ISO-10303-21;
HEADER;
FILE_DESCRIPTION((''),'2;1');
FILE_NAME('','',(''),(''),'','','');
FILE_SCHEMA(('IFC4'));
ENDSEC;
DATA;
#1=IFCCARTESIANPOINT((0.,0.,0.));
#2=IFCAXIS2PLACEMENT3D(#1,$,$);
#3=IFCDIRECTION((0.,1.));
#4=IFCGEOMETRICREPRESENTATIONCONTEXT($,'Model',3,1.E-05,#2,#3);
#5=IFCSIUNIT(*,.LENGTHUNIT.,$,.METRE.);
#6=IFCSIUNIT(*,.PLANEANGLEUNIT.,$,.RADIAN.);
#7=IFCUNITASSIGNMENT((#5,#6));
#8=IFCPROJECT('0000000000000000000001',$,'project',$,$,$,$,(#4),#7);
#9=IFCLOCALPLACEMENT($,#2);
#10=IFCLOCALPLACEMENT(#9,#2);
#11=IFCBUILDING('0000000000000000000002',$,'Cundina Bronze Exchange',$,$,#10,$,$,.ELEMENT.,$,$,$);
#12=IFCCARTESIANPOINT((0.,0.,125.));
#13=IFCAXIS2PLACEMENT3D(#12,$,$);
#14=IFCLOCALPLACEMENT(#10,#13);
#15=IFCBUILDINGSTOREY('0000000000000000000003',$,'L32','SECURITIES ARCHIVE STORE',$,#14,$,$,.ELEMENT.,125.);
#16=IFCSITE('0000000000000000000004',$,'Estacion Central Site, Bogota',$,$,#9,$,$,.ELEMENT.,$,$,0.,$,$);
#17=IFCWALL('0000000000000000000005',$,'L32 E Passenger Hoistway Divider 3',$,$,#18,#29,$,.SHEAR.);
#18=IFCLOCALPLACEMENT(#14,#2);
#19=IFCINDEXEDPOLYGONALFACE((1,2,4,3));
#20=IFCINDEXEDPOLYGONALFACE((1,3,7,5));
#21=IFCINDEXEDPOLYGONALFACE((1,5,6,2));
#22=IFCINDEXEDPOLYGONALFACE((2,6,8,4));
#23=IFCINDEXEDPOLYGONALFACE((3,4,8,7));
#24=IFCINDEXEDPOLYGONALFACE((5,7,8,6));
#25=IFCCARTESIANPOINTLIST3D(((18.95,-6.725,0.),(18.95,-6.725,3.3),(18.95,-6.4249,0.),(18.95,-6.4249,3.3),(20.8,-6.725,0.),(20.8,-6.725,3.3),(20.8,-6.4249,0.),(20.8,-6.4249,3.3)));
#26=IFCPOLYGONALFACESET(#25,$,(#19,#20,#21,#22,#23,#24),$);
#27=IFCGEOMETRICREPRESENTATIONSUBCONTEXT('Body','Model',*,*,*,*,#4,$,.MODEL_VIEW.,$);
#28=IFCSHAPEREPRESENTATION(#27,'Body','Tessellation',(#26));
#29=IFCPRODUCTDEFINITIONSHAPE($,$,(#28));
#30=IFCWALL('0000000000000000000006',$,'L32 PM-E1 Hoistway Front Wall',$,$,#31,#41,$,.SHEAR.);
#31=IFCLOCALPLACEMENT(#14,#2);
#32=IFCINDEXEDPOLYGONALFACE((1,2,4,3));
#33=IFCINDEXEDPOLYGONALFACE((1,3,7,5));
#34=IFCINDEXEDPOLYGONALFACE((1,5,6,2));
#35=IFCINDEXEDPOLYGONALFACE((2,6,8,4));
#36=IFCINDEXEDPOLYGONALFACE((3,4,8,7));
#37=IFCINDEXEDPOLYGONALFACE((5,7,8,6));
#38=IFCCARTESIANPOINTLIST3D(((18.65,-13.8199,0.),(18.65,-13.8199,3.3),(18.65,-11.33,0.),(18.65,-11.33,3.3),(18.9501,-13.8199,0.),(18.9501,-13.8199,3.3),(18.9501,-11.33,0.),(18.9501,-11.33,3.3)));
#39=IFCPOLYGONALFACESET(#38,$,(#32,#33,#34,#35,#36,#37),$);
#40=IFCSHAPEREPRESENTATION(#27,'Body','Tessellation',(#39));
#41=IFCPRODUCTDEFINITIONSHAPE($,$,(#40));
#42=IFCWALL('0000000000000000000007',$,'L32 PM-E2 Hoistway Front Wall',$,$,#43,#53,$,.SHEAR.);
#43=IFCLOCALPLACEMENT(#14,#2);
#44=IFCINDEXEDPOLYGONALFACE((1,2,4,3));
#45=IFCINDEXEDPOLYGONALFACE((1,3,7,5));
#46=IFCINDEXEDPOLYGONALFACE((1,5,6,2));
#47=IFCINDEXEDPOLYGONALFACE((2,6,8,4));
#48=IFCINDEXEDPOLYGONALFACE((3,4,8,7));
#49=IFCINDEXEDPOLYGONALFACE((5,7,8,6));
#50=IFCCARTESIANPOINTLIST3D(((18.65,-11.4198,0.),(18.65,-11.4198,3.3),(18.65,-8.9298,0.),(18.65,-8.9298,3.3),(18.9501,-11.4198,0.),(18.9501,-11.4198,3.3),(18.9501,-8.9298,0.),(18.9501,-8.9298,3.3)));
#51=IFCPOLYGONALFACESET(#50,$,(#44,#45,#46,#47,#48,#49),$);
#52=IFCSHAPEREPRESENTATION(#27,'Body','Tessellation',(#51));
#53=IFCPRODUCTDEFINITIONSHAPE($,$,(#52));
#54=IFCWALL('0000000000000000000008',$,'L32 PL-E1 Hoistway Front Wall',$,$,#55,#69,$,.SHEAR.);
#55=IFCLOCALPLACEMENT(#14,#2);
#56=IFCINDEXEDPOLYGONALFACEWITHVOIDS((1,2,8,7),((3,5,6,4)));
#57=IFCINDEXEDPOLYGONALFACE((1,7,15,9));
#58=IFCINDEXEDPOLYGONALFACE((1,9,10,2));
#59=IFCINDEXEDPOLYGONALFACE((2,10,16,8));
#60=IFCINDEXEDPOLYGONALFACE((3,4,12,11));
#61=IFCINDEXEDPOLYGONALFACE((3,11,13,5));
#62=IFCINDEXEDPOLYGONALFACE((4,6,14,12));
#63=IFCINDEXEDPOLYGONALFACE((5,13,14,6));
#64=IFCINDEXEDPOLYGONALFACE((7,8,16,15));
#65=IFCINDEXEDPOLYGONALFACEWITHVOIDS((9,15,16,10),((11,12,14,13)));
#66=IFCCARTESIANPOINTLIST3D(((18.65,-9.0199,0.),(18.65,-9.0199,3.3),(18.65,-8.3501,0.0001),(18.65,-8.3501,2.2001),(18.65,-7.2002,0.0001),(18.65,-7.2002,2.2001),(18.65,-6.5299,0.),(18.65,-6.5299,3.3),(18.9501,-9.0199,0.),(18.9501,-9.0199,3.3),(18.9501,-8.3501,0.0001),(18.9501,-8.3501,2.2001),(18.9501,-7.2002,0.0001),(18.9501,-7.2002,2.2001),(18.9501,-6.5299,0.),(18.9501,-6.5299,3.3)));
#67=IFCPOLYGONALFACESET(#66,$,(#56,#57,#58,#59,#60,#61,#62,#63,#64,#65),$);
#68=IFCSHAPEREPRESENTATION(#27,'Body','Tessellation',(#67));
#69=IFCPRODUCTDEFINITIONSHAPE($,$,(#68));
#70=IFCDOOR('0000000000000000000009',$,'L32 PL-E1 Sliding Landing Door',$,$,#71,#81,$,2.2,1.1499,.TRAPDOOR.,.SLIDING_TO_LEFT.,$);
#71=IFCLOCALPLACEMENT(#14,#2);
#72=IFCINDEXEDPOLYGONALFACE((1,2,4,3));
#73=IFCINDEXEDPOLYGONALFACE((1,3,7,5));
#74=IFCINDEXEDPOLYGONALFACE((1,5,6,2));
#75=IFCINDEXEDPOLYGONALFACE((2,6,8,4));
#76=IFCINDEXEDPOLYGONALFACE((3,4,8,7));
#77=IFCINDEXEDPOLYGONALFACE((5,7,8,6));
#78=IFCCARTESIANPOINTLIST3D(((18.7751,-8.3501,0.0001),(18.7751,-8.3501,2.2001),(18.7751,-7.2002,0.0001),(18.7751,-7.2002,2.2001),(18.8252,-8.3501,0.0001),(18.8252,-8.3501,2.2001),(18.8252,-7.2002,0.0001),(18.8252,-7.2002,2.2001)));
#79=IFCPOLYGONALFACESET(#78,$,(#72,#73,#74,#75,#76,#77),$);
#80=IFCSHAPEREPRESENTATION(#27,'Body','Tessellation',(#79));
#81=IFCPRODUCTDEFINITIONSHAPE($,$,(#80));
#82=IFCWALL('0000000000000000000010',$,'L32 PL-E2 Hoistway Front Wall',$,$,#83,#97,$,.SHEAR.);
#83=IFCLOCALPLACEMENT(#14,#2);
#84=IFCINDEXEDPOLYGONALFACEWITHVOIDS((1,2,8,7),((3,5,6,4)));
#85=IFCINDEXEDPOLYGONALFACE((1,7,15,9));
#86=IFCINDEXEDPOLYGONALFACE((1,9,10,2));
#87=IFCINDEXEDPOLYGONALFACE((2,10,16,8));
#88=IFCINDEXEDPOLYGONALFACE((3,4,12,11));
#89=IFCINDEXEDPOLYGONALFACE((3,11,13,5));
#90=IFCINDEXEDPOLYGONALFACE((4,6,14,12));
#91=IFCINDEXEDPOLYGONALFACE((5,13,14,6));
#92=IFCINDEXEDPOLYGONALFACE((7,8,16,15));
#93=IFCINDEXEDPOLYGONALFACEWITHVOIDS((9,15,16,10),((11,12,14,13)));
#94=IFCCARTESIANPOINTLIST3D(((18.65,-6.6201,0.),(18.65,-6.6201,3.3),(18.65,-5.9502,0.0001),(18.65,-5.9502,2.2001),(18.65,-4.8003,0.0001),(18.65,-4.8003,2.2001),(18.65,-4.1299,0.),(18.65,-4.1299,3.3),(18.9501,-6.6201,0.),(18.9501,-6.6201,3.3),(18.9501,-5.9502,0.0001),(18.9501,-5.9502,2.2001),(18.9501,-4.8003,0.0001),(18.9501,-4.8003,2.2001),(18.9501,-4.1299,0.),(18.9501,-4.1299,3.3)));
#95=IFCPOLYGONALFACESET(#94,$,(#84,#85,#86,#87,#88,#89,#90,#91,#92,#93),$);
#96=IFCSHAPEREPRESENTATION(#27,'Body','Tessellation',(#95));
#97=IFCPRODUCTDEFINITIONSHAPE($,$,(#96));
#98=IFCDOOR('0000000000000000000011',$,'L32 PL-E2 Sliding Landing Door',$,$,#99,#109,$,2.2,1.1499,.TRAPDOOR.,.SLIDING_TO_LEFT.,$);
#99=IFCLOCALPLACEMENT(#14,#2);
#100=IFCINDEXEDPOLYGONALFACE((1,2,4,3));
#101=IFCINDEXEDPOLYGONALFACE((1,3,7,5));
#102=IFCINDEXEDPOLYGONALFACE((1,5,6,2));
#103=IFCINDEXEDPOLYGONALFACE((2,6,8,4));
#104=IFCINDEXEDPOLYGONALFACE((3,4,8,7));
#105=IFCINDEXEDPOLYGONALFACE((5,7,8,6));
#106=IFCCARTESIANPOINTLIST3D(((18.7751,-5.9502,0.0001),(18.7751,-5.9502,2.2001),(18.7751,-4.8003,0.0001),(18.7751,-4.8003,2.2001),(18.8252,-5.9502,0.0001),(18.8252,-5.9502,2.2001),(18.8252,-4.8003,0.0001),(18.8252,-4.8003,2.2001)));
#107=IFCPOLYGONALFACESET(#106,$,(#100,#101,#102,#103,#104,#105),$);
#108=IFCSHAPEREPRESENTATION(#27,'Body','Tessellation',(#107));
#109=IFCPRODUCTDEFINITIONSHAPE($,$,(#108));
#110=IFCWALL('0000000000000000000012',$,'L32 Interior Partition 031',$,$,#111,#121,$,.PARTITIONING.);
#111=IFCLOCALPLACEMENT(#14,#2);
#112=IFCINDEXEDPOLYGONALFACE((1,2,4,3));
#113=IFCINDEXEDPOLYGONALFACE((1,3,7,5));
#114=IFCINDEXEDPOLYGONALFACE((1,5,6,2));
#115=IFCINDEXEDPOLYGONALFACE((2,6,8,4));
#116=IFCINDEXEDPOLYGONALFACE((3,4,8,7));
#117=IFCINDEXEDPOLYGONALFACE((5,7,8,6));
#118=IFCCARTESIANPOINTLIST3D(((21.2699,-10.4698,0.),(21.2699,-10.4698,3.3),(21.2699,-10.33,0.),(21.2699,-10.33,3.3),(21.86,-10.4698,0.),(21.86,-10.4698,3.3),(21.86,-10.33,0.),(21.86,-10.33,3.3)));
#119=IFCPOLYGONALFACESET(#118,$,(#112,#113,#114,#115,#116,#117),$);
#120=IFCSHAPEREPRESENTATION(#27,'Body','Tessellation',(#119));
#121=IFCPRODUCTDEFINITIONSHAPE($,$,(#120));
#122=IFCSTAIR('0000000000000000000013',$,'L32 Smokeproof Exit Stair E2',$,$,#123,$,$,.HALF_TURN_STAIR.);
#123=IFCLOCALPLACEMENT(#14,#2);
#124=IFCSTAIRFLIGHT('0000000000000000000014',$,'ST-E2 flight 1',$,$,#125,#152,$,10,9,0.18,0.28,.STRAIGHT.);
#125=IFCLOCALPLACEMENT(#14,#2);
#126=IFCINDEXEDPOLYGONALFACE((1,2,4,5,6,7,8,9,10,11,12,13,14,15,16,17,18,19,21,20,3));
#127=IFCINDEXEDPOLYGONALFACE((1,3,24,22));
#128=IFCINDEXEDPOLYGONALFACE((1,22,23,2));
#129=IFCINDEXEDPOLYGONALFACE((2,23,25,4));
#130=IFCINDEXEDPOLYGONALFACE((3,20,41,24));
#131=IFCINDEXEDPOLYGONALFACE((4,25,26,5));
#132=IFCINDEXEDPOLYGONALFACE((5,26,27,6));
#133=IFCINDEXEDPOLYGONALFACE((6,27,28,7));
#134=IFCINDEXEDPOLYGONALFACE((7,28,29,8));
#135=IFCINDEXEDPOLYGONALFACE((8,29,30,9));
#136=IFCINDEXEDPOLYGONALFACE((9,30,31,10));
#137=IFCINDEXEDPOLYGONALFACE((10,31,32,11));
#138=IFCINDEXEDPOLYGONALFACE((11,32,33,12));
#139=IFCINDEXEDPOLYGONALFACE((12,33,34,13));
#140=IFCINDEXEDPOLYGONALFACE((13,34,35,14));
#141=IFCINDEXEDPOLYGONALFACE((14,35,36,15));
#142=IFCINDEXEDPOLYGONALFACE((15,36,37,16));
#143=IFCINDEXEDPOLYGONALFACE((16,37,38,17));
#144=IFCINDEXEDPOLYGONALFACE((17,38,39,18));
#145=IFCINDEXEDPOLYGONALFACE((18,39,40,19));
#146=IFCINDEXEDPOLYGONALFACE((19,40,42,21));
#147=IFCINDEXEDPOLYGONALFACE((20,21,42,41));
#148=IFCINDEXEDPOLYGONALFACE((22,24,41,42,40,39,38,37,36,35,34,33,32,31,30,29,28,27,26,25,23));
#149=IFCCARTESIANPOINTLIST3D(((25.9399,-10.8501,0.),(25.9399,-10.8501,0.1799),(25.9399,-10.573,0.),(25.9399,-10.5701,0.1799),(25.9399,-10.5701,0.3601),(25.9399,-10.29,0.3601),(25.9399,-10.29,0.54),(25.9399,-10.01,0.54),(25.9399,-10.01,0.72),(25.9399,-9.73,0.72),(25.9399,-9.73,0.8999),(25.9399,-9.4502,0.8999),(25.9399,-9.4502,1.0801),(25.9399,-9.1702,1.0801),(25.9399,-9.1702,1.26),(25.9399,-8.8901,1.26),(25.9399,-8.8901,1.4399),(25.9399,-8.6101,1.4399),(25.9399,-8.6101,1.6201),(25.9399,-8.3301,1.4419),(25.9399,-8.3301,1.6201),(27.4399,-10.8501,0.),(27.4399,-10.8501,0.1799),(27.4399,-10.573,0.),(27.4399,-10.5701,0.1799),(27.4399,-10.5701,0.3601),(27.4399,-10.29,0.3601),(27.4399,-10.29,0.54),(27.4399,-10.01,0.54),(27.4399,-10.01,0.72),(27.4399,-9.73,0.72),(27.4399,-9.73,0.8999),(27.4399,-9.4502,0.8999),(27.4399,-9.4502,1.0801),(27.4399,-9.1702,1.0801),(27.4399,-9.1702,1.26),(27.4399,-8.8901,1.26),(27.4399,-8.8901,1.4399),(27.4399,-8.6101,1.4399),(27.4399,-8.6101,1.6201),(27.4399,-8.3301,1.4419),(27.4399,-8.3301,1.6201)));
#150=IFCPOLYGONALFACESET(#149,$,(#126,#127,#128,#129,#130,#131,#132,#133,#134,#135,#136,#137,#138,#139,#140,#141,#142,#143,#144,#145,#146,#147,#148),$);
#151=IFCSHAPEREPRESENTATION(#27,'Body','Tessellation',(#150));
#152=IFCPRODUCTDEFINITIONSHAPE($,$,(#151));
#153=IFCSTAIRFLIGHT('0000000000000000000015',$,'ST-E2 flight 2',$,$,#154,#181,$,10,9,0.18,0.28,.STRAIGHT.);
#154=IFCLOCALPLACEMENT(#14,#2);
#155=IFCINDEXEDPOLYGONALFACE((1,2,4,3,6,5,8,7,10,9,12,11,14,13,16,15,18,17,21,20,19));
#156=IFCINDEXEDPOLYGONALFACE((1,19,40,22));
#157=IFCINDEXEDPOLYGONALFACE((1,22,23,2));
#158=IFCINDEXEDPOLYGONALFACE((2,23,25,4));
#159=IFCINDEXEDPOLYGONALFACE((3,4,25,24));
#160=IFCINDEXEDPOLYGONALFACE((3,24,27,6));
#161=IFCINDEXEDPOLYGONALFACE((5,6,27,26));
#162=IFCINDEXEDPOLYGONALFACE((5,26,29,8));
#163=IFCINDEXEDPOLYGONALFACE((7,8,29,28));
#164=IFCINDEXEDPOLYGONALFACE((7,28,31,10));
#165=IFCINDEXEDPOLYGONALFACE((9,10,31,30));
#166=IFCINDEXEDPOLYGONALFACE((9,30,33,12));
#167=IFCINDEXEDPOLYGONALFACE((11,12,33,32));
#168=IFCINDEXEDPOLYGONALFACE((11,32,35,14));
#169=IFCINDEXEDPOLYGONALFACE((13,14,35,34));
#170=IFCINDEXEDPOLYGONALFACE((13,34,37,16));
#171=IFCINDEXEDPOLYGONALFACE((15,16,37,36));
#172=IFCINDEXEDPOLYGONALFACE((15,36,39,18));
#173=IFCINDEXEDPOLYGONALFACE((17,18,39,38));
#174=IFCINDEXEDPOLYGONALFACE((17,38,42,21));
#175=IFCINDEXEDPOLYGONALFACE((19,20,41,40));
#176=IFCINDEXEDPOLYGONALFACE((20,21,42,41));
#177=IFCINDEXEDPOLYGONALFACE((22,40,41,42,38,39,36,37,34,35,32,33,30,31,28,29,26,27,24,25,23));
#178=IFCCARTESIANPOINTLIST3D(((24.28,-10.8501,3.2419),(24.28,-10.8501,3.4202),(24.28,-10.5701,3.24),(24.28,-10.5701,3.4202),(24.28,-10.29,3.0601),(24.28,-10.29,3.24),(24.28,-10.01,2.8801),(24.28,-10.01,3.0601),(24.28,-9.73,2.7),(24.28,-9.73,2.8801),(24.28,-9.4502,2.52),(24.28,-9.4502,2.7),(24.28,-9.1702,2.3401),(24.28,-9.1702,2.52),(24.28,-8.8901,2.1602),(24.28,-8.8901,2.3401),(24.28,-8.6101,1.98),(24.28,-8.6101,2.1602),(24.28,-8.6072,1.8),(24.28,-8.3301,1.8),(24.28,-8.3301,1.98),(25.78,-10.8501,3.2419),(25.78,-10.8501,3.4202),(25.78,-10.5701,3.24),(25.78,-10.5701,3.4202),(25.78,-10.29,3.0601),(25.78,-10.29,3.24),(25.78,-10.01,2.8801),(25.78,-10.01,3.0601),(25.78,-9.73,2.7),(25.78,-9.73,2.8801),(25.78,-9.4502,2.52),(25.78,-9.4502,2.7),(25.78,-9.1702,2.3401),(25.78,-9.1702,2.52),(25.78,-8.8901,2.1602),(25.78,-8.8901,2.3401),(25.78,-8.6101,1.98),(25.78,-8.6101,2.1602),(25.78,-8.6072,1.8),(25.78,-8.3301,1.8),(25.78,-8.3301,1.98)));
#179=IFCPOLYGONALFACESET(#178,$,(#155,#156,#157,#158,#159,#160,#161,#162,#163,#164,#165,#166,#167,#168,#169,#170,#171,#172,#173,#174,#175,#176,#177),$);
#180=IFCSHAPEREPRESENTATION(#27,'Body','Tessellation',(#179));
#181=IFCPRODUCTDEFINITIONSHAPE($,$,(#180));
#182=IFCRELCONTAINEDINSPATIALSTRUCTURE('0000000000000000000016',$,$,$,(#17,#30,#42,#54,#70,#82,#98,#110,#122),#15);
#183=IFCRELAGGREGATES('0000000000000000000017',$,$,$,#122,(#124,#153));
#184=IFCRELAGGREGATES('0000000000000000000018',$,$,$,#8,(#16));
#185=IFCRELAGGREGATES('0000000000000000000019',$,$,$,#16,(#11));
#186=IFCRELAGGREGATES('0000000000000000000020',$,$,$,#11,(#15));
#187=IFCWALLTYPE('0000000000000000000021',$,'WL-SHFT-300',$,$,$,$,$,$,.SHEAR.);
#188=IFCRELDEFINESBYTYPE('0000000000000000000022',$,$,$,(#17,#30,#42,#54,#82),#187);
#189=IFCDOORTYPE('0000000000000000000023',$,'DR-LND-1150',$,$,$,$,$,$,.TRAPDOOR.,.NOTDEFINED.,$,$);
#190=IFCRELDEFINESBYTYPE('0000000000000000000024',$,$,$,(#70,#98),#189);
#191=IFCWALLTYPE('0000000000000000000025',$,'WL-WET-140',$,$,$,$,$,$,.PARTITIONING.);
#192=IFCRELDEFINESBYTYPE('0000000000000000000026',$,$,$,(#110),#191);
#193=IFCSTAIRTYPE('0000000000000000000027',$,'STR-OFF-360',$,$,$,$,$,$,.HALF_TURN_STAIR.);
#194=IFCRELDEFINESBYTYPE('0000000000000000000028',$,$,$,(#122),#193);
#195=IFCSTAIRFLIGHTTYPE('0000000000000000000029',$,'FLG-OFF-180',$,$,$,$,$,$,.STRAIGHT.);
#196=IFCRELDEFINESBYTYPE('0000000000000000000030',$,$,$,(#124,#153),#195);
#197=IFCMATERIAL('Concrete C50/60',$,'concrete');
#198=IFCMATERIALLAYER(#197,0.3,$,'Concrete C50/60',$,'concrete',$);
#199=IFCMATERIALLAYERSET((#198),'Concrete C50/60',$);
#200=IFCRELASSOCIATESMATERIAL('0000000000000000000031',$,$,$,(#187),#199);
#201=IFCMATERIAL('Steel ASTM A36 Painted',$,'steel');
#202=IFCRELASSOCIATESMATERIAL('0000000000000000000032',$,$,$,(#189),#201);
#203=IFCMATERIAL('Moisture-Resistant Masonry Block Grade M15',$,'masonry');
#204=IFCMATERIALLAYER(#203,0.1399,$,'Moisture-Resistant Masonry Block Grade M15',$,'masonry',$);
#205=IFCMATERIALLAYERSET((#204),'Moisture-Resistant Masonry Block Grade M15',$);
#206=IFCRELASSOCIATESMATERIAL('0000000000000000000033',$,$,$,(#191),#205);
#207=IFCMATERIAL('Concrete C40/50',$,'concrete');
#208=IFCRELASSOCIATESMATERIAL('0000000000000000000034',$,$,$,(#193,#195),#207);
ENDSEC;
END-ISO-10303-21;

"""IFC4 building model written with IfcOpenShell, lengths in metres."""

from ifc_helpers import new_model, si_unit, direction, frame, frame_2d, origin, place, context, subcontext, project, spatial, polyline, rectangle, outline, extrude, material, layer, layer_set, type_object, element, fill, aggregate, save


model = new_model("IFC4")

# Units and contexts
model_context = context("Model", 3, precision=1e-05, world=origin(), true_north=direction((0.0, 1.0)))
body_context = subcontext(model_context, "Body", "Model", "MODEL_VIEW")
ifc_project = project(units=[si_unit("LENGTHUNIT", "METRE"), si_unit("PLANEANGLEUNIT", "RADIAN")], contexts=[model_context])

# Site, building, storey
site_placement = place(None, origin())
site = spatial("IfcSite", under=ifc_project, at=site_placement, Name="Estacion Central Site, Bogota", CompositionType="ELEMENT", RefElevation=0.0)
building_placement = place(site_placement, origin())
building = spatial("IfcBuilding", under=site, at=building_placement, Name="Cundina Bronze Exchange", CompositionType="ELEMENT")
storey_placement = place(building_placement, frame((0.0, 0.0, 125.0)))
storey = spatial("IfcBuildingStorey", under=building, at=storey_placement, Name="L32", Description="SECURITIES ARCHIVE STORE", CompositionType="ELEMENT", Elevation=125.0)

# Shared definitions
ifc_material_1 = material(Name="Concrete C50/60", Category="concrete")
ifc_layer_1 = layer(ifc_material_1, 0.3, Name="Concrete C50/60", Category="concrete")
ifc_layer_set_1 = layer_set([ifc_layer_1], Name="Concrete C50/60")
wall_type_1 = type_object("IfcWallType", Name="WL-SHFT-300", PredefinedType="SHEAR", material=ifc_layer_set_1)

# Shared definitions
ifc_material_2 = material(Name="Steel ASTM A36 Painted", Category="steel")
door_type_1 = type_object("IfcDoorType", Name="DR-LND-1150", OperationType="NOTDEFINED", PredefinedType="TRAPDOOR", material=ifc_material_2)

# Walls
for number, where, z_axis, x_axis, name in (
    (1, (18.95, -6.575, 0.0), (0.0, 0.0, 1.0), (1.0, 0.0, 0.0), "L32 E Passenger Hoistway Divider 3"),
):
    element("IfcWall", number, at=place(storey_placement, frame(where, z_axis=z_axis, x_axis=x_axis)), inside=storey, type_object=wall_type_1, Name=name, PredefinedType="SHEAR", context=body_context, shape_type="SweptSolid", body=[
        extrude(rectangle(XDim=1.8501, YDim=0.3, at=frame_2d((0.925, 0.0))), origin(), (0.0, 0.0, 1.0), 3.3),
    ])
for number, where, z_axis, x_axis, name in (
    (2, (18.8, -13.8201, 0.0), (0.0, 0.0, 1.0), (0.0, 1.0, 0.0), "L32 PM-E1 Hoistway Front Wall"),
    (3, (18.8, -11.4199, 0.0), (0.0, 0.0, 1.0), (0.0, 1.0, 0.0), "L32 PM-E2 Hoistway Front Wall"),
):
    element("IfcWall", number, at=place(storey_placement, frame(where, z_axis=z_axis, x_axis=x_axis)), inside=storey, type_object=wall_type_1, Name=name, PredefinedType="SHEAR", context=body_context, shape_type="SweptSolid", body=[
        extrude(rectangle(XDim=2.49, YDim=0.3, at=frame_2d((1.2451, 0.0))), origin(), (0.0, 0.0, 1.0), 3.3),
    ])

# Walls, openings, doors
wall_1_placement = place(storey_placement, frame((18.8, -9.02, 0.0), z_axis=(0.0, 0.0, 1.0), x_axis=(0.0, 1.0, 0.0)))
wall_1 = element("IfcWall", 4, at=wall_1_placement, inside=storey, type_object=wall_type_1, Name="L32 PL-E1 Hoistway Front Wall", PredefinedType="SHEAR", context=body_context, shape_type="SweptSolid", body=[
    extrude(rectangle(XDim=2.49, YDim=0.3, at=frame_2d((1.2451, 0.0))), origin(), (0.0, 0.0, 1.0), 3.3),
])
opening_1_placement = place(wall_1_placement, frame((0.6699, 0.0, 0.0)))
opening_1 = element("IfcOpeningElement", 5, at=opening_1_placement, cuts=wall_1, PredefinedType="OPENING", context=body_context, shape_type="SweptSolid", body=[
    extrude(rectangle(XDim=1.1499, YDim=2.2, at=frame_2d((0.575, 1.1001))), frame((0.0, 0.1599, 0.0), z_axis=(0.0, -1.0, 0.0), x_axis=(1.0, 0.0, 0.0)), (0.0, 0.0, 1.0), 0.3201),
])
door_1_placement = place(opening_1_placement, origin())
door_1 = element("IfcDoor", 6, at=door_1_placement, inside=storey, type_object=door_type_1, Name="L32 PL-E1 Sliding Landing Door", OperationType="SLIDING_TO_LEFT", OverallHeight=2.2, OverallWidth=1.1499, PredefinedType="TRAPDOOR", context=body_context, shape_type="SweptSolid", body=[
    extrude(rectangle(XDim=1.1499, YDim=2.2, at=frame_2d((0.575, 1.1001))), frame((0.0, 0.0249, 0.0), z_axis=(0.0, -1.0, 0.0), x_axis=(1.0, 0.0, 0.0)), (0.0, 0.0, 1.0), 0.05),
])
fill(opening_1, door_1)
wall_2_placement = place(storey_placement, frame((18.8, -6.6201, 0.0), z_axis=(0.0, 0.0, 1.0), x_axis=(0.0, 1.0, 0.0)))
wall_2 = element("IfcWall", 7, at=wall_2_placement, inside=storey, type_object=wall_type_1, Name="L32 PL-E2 Hoistway Front Wall", PredefinedType="SHEAR", context=body_context, shape_type="SweptSolid", body=[
    extrude(rectangle(XDim=2.4902, YDim=0.3, at=frame_2d((1.2451, 0.0))), origin(), (0.0, 0.0, 1.0), 3.3),
])
opening_2_placement = place(wall_2_placement, frame((0.6699, 0.0, 0.0)))
opening_2 = element("IfcOpeningElement", 8, at=opening_2_placement, cuts=wall_2, PredefinedType="OPENING", context=body_context, shape_type="SweptSolid", body=[
    extrude(rectangle(XDim=1.1499, YDim=2.2, at=frame_2d((0.575, 1.1001))), frame((0.0, 0.1599, 0.0), z_axis=(0.0, -1.0, 0.0), x_axis=(1.0, 0.0, 0.0)), (0.0, 0.0, 1.0), 0.3201),
])
door_2_placement = place(opening_2_placement, origin())
door_2 = element("IfcDoor", 9, at=door_2_placement, inside=storey, type_object=door_type_1, Name="L32 PL-E2 Sliding Landing Door", OperationType="SLIDING_TO_LEFT", OverallHeight=2.2, OverallWidth=1.1499, PredefinedType="TRAPDOOR", context=body_context, shape_type="SweptSolid", body=[
    extrude(rectangle(XDim=1.1499, YDim=2.2, at=frame_2d((0.575, 1.1001))), frame((0.0, 0.0249, 0.0), z_axis=(0.0, -1.0, 0.0), x_axis=(1.0, 0.0, 0.0)), (0.0, 0.0, 1.0), 0.05),
])
fill(opening_2, door_2)

# Wall
ifc_material_3 = material(Name="Moisture-Resistant Masonry Block Grade M15", Category="masonry")
ifc_layer_2 = layer(ifc_material_3, 0.1399, Name="Moisture-Resistant Masonry Block Grade M15", Category="masonry")
ifc_layer_set_2 = layer_set([ifc_layer_2], Name="Moisture-Resistant Masonry Block Grade M15")
wall_type_2 = type_object("IfcWallType", Name="WL-WET-140", PredefinedType="PARTITIONING", material=ifc_layer_set_2)
wall_3_placement = place(storey_placement, frame((21.27, -10.3999, 0.0), z_axis=(0.0, 0.0, 1.0), x_axis=(1.0, 0.0, 0.0)))
element("IfcWall", 10, at=wall_3_placement, inside=storey, type_object=wall_type_2, Name="L32 Interior Partition 031", PredefinedType="PARTITIONING", context=body_context, shape_type="SweptSolid", body=[
    extrude(rectangle(XDim=0.5901, YDim=0.1399, at=frame_2d((0.2949, 0.0))), origin(), (0.0, 0.0, 1.0), 3.3),
])

# Stair, stair flights
ifc_material_4 = material(Name="Concrete C40/50", Category="concrete")
stair_type = type_object("IfcStairType", Name="STR-OFF-360", PredefinedType="HALF_TURN_STAIR", material=ifc_material_4)
stair_placement = place(storey_placement, origin())
stair = element("IfcStair", 11, at=stair_placement, inside=storey, type_object=stair_type, Name="L32 Smokeproof Exit Stair E2", PredefinedType="HALF_TURN_STAIR")
stair_flight_type = type_object("IfcStairFlightType", Name="FLG-OFF-180", PredefinedType="STRAIGHT", material=ifc_material_4)
stair_flight_1_placement = place(storey_placement, frame((26.6899, -10.8501, 0.0), z_axis=(0.0, 0.0, 1.0), x_axis=(0.0, 1.0, 0.0)))
stair_flight_1 = element("IfcStairFlight", 12, at=stair_flight_1_placement, type_object=stair_flight_type, Name="ST-E2 flight 1", NumberOfRisers=10, NumberOfTreads=9, PredefinedType="STRAIGHT", RiserHeight=0.18, TreadLength=0.28, context=body_context, shape_type="SweptSolid", body=[
    extrude(outline(polyline([(0.0, 0.0), (0.0, 0.1799), (0.28, 0.1799), (0.28, 0.3601), (0.5601, 0.3601), (0.5601, 0.54), (0.8401, 0.54), (0.8401, 0.72), (1.1201, 0.72), (1.1201, 0.8999), (1.3999, 0.8999), (1.3999, 1.0801), (1.6799, 1.0801), (1.6799, 1.26), (1.96, 1.26), (1.96, 1.4399), (2.24, 1.4399), (2.24, 1.6201), (2.52, 1.6201), (2.52, 1.8), (2.52, 1.4419), (0.2771, 0.0), (0.0, 0.0)])), frame((0.0, 0.75, 0.0), z_axis=(0.0, -1.0, 0.0), x_axis=(1.0, 0.0, 0.0)), (0.0, 0.0, 1.0), 1.5),
])
stair_flight_2_placement = place(storey_placement, frame((25.03, -8.3301, 1.8), z_axis=(0.0, 0.0, 1.0), x_axis=(0.0, -1.0, 0.0)))
stair_flight_2 = element("IfcStairFlight", 13, at=stair_flight_2_placement, type_object=stair_flight_type, Name="ST-E2 flight 2", NumberOfRisers=10, NumberOfTreads=9, PredefinedType="STRAIGHT", RiserHeight=0.18, TreadLength=0.28, context=body_context, shape_type="SweptSolid", body=[
    extrude(outline(polyline([(0.0, 0.0), (0.0, 0.1799), (0.28, 0.1799), (0.28, 0.3601), (0.5601, 0.3601), (0.5601, 0.54), (0.8401, 0.54), (0.8401, 0.72), (1.1201, 0.72), (1.1201, 0.8999), (1.3999, 0.8999), (1.3999, 1.0801), (1.6799, 1.0801), (1.6799, 1.26), (1.96, 1.26), (1.96, 1.4399), (2.24, 1.4399), (2.24, 1.6201), (2.52, 1.6201), (2.52, 1.8), (2.52, 1.4419), (0.2771, 0.0), (0.0, 0.0)])), frame((0.0, 0.75, 0.0), z_axis=(0.0, -1.0, 0.0), x_axis=(1.0, 0.0, 0.0)), (0.0, 0.0, 1.0), 1.5),
])
aggregate(stair, [stair_flight_1, stair_flight_2])

save(model, "model.ifc")
